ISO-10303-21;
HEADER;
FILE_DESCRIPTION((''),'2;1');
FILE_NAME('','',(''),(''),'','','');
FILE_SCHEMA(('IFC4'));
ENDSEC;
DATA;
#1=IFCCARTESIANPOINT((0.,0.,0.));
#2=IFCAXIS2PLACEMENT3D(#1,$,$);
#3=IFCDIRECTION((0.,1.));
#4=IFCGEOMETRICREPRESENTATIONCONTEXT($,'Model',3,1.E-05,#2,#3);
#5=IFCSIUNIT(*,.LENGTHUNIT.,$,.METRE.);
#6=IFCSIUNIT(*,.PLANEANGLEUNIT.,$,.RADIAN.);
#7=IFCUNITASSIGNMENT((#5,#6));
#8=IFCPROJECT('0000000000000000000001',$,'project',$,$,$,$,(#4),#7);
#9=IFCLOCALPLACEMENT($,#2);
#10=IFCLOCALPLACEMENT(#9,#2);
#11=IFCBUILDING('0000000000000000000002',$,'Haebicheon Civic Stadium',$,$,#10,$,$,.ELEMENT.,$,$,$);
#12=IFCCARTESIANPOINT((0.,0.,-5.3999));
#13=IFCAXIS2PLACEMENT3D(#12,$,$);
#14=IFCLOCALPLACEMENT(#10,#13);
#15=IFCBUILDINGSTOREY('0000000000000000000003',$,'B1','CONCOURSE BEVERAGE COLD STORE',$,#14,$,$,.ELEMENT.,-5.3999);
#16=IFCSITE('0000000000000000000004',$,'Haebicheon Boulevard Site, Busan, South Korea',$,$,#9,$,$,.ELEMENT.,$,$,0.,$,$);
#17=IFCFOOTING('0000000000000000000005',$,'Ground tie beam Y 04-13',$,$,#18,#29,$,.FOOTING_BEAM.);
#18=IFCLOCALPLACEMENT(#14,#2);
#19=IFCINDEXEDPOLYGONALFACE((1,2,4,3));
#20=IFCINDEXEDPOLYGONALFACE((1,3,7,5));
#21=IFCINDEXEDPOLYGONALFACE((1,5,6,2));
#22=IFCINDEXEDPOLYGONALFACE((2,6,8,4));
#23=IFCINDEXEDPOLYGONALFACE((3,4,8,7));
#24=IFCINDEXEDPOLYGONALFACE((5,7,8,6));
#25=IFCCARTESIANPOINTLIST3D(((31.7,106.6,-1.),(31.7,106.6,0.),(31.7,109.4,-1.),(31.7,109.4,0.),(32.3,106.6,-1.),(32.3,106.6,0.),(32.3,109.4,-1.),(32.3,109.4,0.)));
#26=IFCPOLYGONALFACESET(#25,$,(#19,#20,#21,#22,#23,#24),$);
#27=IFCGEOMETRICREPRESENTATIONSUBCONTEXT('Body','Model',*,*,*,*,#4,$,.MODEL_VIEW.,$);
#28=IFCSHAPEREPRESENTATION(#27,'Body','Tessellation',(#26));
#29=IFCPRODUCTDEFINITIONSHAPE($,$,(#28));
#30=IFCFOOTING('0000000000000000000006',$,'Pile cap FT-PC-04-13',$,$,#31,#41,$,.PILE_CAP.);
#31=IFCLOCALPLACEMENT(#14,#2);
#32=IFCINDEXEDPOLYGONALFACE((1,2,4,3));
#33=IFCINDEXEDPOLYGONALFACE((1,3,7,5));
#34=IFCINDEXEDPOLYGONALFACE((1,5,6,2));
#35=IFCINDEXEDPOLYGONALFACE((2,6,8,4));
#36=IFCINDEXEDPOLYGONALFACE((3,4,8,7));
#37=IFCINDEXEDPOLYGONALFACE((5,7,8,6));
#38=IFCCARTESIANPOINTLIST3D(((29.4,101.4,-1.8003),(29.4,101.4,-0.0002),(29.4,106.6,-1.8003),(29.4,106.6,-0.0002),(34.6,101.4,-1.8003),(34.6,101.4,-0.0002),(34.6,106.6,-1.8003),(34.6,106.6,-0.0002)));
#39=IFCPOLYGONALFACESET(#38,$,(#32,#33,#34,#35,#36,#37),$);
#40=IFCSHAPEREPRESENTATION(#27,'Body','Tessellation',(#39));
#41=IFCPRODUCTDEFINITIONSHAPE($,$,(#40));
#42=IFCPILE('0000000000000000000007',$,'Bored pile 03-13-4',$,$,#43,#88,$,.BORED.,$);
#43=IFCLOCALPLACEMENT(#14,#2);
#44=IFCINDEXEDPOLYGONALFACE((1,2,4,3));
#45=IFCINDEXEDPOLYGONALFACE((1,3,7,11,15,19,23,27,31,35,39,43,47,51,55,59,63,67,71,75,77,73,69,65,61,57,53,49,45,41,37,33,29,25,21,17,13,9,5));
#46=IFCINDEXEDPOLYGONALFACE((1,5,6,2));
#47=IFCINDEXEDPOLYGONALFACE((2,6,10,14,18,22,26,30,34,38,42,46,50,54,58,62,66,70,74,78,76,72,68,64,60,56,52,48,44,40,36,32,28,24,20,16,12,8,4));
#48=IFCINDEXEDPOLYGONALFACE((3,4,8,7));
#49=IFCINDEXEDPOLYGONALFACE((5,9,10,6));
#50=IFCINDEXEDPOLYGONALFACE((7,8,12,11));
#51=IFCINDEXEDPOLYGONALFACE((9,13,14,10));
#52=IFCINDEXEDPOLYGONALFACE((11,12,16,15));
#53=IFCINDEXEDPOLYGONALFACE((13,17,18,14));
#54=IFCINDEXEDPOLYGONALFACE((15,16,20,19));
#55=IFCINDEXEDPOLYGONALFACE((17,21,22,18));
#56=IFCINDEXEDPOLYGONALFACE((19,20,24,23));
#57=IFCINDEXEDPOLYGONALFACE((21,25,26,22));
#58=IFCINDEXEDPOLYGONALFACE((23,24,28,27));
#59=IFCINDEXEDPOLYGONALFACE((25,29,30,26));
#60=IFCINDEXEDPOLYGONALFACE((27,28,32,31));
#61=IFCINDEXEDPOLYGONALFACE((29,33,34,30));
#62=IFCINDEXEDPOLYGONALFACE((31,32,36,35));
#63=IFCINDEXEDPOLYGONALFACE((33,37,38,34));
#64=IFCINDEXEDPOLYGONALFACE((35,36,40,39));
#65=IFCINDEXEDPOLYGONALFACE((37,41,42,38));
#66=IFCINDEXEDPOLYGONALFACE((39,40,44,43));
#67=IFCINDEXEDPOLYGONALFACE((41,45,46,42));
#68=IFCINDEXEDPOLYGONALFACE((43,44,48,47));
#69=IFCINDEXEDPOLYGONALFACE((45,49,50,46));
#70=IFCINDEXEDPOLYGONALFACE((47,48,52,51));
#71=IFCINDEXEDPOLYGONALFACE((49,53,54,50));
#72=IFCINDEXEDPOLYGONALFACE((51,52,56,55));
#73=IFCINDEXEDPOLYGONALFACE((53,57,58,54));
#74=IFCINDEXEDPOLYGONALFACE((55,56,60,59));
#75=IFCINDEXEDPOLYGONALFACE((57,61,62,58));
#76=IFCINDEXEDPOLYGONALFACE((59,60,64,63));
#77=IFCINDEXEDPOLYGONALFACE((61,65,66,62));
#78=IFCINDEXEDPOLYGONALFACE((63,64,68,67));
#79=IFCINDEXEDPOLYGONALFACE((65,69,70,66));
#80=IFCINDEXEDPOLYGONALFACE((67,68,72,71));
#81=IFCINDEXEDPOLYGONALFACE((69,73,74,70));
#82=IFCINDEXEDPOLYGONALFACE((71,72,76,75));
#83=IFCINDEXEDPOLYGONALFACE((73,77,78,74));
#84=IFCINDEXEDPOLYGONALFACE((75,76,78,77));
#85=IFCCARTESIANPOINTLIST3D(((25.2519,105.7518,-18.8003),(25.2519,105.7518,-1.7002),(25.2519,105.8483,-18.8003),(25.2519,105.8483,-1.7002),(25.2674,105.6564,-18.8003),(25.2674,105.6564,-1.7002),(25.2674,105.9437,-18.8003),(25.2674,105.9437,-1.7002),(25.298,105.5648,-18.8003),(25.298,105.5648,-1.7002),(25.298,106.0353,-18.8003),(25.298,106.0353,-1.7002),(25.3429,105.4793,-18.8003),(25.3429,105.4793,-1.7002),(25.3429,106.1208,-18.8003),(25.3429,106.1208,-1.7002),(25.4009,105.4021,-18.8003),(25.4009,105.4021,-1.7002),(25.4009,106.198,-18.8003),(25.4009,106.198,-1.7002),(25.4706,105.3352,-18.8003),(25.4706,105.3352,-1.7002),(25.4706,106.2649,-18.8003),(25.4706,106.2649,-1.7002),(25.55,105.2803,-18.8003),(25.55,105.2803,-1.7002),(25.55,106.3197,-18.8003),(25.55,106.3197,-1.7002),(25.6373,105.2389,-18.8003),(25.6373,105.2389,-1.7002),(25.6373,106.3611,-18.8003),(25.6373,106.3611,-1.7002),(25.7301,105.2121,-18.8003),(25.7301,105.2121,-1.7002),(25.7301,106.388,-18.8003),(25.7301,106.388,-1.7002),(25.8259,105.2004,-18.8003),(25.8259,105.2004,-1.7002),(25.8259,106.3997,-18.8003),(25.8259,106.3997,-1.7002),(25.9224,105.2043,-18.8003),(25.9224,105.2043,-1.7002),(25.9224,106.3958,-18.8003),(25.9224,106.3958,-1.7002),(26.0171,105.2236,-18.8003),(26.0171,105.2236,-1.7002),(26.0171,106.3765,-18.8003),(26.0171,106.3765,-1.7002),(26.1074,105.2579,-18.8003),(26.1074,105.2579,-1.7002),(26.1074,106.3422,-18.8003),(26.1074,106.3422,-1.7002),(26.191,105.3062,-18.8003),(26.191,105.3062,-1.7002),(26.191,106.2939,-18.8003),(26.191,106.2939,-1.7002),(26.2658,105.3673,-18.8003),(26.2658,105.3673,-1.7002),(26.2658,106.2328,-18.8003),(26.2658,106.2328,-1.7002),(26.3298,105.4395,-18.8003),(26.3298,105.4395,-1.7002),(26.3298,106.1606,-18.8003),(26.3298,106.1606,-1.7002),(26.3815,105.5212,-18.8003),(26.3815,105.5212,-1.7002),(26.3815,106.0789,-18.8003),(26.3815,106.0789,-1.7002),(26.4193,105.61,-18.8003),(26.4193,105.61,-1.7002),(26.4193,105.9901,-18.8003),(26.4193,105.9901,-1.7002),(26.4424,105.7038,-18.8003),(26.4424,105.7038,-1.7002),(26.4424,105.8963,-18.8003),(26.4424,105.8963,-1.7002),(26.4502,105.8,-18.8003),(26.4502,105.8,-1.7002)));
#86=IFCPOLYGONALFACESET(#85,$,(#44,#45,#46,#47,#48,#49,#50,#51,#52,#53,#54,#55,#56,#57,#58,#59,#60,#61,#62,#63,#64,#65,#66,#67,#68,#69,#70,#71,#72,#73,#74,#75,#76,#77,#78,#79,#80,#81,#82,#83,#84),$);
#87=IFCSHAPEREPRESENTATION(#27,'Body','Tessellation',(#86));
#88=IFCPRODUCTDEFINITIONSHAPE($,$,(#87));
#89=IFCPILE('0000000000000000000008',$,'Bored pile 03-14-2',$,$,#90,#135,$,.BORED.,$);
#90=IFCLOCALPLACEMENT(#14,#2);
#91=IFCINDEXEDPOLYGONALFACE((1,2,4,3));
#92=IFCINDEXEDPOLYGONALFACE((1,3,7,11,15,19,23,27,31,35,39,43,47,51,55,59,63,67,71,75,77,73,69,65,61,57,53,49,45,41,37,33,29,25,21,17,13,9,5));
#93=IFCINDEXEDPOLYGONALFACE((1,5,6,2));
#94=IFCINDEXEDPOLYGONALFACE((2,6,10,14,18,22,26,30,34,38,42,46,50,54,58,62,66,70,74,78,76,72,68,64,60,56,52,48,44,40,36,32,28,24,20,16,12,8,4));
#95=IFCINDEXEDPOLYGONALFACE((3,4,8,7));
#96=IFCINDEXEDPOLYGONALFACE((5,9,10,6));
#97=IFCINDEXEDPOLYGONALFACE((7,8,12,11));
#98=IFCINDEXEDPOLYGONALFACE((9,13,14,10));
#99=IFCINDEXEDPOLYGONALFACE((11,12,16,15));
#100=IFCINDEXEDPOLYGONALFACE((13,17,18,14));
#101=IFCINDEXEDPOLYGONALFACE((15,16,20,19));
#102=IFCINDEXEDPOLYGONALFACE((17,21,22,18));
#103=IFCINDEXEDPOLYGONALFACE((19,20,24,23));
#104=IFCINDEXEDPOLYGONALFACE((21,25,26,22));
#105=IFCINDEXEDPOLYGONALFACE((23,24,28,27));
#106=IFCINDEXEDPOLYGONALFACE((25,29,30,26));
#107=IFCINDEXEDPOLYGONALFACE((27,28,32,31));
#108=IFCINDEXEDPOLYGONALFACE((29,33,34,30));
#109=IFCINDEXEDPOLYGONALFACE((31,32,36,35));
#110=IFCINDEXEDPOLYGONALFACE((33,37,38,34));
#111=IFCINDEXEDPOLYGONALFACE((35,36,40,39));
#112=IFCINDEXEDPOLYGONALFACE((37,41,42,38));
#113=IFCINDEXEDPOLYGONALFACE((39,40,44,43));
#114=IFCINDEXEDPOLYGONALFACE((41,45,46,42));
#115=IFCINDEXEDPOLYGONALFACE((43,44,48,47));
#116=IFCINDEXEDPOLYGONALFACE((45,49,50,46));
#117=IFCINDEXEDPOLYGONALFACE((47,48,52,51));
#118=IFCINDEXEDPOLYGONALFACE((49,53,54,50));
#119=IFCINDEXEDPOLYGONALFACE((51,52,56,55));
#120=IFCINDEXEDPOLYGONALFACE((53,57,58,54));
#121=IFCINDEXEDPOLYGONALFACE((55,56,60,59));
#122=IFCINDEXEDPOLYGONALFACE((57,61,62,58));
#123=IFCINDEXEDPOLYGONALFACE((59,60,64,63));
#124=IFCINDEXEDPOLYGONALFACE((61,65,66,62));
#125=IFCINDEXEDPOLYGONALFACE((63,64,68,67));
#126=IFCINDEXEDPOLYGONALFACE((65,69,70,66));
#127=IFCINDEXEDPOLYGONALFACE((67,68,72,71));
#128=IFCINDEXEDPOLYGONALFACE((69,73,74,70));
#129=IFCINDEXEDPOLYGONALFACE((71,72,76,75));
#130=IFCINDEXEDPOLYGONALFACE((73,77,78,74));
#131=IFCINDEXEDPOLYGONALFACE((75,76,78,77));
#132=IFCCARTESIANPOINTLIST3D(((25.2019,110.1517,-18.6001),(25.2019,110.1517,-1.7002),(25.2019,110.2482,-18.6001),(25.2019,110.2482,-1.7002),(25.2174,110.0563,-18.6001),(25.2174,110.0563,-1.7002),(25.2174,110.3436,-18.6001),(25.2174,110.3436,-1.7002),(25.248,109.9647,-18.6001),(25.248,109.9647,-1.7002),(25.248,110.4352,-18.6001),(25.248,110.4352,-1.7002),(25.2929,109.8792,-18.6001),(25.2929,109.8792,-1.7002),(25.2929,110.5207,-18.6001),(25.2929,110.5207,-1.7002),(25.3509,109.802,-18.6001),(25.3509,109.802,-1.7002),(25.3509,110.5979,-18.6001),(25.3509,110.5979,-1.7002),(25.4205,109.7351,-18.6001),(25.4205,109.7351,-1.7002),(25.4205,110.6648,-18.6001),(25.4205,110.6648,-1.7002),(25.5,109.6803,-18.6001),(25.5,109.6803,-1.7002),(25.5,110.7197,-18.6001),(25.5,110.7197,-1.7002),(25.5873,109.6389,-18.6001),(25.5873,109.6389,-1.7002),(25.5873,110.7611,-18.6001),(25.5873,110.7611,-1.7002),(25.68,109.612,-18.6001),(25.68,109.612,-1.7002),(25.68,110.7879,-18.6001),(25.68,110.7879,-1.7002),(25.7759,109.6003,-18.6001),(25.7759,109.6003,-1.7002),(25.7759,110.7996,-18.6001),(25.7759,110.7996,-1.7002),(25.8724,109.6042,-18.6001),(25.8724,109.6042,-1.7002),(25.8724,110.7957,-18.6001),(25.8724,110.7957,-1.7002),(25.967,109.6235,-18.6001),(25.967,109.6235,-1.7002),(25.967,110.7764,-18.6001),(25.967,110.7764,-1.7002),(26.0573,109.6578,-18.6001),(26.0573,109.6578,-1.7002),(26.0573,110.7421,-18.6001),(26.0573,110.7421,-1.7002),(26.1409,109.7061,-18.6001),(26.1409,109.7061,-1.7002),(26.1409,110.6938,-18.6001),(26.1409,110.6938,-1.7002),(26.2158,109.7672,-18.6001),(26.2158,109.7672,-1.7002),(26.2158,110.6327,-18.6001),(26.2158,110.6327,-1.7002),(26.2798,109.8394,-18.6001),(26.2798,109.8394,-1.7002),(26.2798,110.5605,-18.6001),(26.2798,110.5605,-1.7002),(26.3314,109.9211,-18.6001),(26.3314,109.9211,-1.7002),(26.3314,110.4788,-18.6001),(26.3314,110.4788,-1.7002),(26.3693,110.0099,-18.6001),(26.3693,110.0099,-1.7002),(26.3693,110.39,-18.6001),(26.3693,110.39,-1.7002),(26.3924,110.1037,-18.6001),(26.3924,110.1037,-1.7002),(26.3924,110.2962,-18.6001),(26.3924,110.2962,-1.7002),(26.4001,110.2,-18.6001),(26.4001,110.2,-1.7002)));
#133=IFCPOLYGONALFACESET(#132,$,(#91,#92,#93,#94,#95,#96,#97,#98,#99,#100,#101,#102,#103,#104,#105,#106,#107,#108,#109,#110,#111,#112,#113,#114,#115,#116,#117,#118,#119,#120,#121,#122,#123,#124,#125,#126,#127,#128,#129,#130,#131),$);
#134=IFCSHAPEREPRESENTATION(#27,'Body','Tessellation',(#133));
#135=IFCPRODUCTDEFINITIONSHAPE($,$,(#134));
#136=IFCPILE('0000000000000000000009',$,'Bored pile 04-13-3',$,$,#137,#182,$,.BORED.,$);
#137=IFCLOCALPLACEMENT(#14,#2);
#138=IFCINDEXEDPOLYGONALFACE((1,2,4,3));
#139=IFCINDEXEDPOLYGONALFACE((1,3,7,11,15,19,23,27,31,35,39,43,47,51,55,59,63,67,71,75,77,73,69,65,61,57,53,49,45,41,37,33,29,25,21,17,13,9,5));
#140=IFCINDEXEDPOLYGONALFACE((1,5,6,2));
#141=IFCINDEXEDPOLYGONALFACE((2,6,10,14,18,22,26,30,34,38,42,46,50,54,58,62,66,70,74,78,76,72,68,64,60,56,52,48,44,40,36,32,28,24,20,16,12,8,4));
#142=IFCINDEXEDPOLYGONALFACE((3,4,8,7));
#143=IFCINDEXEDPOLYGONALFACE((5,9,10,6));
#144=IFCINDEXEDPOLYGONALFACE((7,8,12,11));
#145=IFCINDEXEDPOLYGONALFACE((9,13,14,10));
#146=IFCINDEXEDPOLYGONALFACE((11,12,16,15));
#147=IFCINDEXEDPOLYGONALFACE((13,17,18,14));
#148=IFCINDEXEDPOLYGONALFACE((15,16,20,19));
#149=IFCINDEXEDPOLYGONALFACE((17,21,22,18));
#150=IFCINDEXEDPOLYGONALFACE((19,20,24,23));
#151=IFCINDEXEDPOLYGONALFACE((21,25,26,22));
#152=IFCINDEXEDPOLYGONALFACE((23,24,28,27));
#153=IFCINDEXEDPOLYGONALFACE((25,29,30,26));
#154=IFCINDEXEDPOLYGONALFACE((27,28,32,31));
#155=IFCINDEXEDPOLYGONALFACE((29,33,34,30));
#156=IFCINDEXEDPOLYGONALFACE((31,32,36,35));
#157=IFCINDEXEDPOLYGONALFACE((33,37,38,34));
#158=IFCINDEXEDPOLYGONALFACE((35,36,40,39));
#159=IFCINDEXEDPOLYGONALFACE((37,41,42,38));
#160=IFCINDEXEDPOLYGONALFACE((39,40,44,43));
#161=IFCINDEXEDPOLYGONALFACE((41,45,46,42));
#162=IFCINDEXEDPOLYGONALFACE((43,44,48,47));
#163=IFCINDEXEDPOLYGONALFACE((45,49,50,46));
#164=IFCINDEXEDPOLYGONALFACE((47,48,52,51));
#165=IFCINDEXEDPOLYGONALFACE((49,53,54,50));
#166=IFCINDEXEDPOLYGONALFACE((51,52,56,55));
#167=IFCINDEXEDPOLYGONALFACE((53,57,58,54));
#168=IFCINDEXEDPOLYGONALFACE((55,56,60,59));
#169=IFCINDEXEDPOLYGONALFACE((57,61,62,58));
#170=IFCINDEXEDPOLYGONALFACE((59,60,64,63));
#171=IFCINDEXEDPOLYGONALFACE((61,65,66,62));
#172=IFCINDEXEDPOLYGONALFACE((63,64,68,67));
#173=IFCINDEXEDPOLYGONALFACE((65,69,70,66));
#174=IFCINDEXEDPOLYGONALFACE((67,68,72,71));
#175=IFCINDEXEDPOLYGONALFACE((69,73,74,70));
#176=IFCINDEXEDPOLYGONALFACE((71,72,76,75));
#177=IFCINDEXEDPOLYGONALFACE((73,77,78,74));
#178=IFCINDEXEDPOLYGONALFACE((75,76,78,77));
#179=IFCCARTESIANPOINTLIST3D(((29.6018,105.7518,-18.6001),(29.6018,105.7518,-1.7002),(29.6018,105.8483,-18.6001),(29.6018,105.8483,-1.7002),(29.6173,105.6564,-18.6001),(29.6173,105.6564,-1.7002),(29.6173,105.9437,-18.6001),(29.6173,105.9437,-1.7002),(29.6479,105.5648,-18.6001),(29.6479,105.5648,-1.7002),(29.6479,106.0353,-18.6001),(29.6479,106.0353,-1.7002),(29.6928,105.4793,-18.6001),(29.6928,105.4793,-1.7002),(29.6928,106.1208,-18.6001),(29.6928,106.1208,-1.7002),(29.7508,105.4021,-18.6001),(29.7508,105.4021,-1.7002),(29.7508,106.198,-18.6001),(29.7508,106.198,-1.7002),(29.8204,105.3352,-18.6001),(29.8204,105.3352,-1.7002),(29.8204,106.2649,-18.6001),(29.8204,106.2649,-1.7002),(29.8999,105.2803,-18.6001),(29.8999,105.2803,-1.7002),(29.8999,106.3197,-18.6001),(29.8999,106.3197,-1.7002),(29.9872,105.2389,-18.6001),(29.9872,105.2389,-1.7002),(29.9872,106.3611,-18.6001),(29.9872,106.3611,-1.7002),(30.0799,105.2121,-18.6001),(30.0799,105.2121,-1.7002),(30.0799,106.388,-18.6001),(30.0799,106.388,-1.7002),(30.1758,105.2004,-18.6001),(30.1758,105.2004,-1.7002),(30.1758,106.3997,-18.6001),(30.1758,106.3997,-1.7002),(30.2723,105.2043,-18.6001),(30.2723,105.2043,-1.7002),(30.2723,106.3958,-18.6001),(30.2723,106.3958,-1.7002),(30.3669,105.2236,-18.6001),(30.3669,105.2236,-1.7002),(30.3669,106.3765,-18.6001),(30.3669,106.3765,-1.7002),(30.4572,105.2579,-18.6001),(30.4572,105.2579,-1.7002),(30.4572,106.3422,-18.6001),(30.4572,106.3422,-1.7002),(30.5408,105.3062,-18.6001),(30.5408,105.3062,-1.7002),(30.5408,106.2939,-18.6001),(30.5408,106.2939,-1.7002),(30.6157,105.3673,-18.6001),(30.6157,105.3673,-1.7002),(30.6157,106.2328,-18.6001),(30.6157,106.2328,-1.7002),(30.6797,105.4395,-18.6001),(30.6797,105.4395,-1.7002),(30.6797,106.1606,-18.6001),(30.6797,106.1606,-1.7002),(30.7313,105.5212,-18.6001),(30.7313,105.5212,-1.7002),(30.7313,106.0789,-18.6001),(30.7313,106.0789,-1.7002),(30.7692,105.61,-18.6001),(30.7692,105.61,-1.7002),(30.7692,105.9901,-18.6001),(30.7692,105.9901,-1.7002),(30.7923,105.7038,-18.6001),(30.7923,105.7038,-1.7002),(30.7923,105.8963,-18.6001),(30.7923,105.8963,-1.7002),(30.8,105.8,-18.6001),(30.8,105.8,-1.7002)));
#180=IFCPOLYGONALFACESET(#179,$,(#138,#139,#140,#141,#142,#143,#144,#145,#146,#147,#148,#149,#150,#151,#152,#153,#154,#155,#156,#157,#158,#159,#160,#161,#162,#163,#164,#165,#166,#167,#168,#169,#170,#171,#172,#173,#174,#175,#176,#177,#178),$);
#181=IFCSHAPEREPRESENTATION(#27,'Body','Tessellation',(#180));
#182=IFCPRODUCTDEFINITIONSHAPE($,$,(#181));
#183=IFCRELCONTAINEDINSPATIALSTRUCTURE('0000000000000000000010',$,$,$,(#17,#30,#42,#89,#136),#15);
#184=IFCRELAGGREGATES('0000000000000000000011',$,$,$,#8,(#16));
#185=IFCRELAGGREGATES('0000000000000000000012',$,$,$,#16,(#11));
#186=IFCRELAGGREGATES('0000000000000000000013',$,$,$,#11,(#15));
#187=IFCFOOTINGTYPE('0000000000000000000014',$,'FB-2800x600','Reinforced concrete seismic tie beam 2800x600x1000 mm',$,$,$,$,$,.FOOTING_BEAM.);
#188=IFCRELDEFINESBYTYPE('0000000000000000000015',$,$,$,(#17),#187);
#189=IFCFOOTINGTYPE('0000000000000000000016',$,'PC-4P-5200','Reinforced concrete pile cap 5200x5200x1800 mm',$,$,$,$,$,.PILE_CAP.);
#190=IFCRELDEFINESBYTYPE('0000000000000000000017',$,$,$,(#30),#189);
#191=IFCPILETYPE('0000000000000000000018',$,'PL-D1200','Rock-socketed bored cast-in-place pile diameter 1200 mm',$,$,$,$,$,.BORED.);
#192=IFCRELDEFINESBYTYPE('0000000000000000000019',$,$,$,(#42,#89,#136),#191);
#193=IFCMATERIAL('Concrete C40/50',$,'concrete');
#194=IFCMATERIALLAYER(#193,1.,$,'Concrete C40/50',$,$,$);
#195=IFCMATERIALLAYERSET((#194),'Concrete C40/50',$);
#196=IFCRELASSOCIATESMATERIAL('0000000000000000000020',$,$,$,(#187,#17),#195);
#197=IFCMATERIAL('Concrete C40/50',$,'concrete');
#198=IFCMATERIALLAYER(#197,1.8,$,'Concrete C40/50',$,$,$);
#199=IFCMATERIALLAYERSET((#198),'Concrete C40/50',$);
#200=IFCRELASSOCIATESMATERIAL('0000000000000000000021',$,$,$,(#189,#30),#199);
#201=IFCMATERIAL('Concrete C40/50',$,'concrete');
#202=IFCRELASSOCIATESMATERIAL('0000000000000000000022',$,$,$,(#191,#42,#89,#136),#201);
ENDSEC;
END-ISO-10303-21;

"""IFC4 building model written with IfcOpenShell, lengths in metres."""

from ifc_helpers import new_model, si_unit, direction, frame, origin, origin_2d, place, context, subcontext, project, spatial, rectangle, circle, extrude, material, layer, layer_set, material_profile, profile_set, type_object, element, save


model = new_model("IFC4")

# Units and contexts
model_context = context("Model", 3, precision=1e-05, world=origin(), true_north=direction((0.0, 1.0)))
body_context = subcontext(model_context, "Body", "Model", "MODEL_VIEW")
ifc_project = project(units=[si_unit("LENGTHUNIT", "METRE"), si_unit("PLANEANGLEUNIT", "RADIAN")], contexts=[model_context])

# Site, building, storey
site_placement = place(None, origin())
site = spatial("IfcSite", under=ifc_project, at=site_placement, Name="Haebicheon Boulevard Site, Busan, South Korea", CompositionType="ELEMENT", RefElevation=0.0)
building_placement = place(site_placement, origin())
building = spatial("IfcBuilding", under=site, at=building_placement, Name="Haebicheon Civic Stadium", CompositionType="ELEMENT")
storey_placement = place(building_placement, frame((0.0, 0.0, -5.3999)))
storey = spatial("IfcBuildingStorey", under=building, at=storey_placement, Name="B1", Description="CONCOURSE BEVERAGE COLD STORE", CompositionType="ELEMENT", Elevation=-5.3999)

# Footings
ifc_material_1 = material(Name="Concrete C40/50", Category="concrete")
ifc_layer_1 = layer(ifc_material_1, 1.0, Name="Concrete C40/50")
ifc_layer_set_1 = layer_set([ifc_layer_1], Name="Concrete C40/50")
footing_type_1 = type_object("IfcFootingType", Name="FB-2800x600", Description="Reinforced concrete seismic tie beam 2800x600x1000 mm", PredefinedType="FOOTING_BEAM", material=ifc_layer_set_1)
footing_1_placement = place(storey_placement, frame((32.0, 108.0, -1.0), z_axis=(0.0, 0.0, 1.0), x_axis=(0.0, 1.0, 0.0)))
element("IfcFooting", 1, at=footing_1_placement, inside=storey, type_object=footing_type_1, material=ifc_layer_set_1, Name="Ground tie beam Y 04-13", PredefinedType="FOOTING_BEAM", context=body_context, shape_type="SweptSolid", body=[
    extrude(rectangle(XDim=2.8, YDim=0.6001, at=origin_2d()), origin(), (0.0, 0.0, 1.0), 1.0),
])
ifc_material_2 = material(Name="Concrete C40/50", Category="concrete")
ifc_layer_2 = layer(ifc_material_2, 1.8, Name="Concrete C40/50")
ifc_layer_set_2 = layer_set([ifc_layer_2], Name="Concrete C40/50")
footing_type_2 = type_object("IfcFootingType", Name="PC-4P-5200", Description="Reinforced concrete pile cap 5200x5200x1800 mm", PredefinedType="PILE_CAP", material=ifc_layer_set_2)
footing_2_placement = place(storey_placement, frame((32.0, 104.0, -1.8003), z_axis=(0.0, 0.0, 1.0), x_axis=(1.0, 0.0, 0.0)))
element("IfcFooting", 2, at=footing_2_placement, inside=storey, type_object=footing_type_2, material=ifc_layer_set_2, Name="Pile cap FT-PC-04-13", PredefinedType="PILE_CAP", context=body_context, shape_type="SweptSolid", body=[
    extrude(rectangle(XDim=5.2, YDim=5.2, at=origin_2d()), origin(), (0.0, 0.0, 1.0), 1.8),
])

# Piles
ifc_material_3 = material(Name="Concrete C40/50", Category="concrete")
ifc_material_profile_1 = material_profile(ifc_material_3, circle(Radius=0.6001, at=origin_2d()), Name="PILE-D1200")
ifc_profile_set_1 = profile_set([ifc_material_profile_1], Name="Concrete C40/50")
pile_type = type_object("IfcPileType", Name="PL-D1200", Description="Rock-socketed bored cast-in-place pile diameter 1200 mm", PredefinedType="BORED", material=ifc_profile_set_1)
pile_placement = place(storey_placement, frame((25.8501, 105.8, -1.7002), z_axis=(0.0, 0.0, -1.0), x_axis=(1.0, 0.0, 0.0)))
element("IfcPile", 3, at=pile_placement, inside=storey, type_object=pile_type, material=ifc_profile_set_1, Name="Bored pile 03-13-4", PredefinedType="BORED", context=body_context, shape_type="SweptSolid", body=[
    extrude(circle(Radius=0.6001, at=origin_2d()), origin(), (0.0, 0.0, 1.0), 17.1001),
])
for number, where, z_axis, x_axis, name in (
    (4, (25.8, 110.2, -1.7002), (0.0, 0.0, -1.0), (1.0, 0.0, 0.0), "Bored pile 03-14-2"),
    (5, (30.2, 105.8, -1.7002), (0.0, 0.0, -1.0), (1.0, 0.0, 0.0), "Bored pile 04-13-3"),
):
    element("IfcPile", number, at=place(storey_placement, frame(where, z_axis=z_axis, x_axis=x_axis)), inside=storey, type_object=pile_type, material=ifc_profile_set_1, Name=name, PredefinedType="BORED", context=body_context, shape_type="SweptSolid", body=[
        extrude(circle(Radius=0.6001, at=origin_2d()), origin(), (0.0, 0.0, 1.0), 16.8999),
    ])

save(model, "model.ifc")
